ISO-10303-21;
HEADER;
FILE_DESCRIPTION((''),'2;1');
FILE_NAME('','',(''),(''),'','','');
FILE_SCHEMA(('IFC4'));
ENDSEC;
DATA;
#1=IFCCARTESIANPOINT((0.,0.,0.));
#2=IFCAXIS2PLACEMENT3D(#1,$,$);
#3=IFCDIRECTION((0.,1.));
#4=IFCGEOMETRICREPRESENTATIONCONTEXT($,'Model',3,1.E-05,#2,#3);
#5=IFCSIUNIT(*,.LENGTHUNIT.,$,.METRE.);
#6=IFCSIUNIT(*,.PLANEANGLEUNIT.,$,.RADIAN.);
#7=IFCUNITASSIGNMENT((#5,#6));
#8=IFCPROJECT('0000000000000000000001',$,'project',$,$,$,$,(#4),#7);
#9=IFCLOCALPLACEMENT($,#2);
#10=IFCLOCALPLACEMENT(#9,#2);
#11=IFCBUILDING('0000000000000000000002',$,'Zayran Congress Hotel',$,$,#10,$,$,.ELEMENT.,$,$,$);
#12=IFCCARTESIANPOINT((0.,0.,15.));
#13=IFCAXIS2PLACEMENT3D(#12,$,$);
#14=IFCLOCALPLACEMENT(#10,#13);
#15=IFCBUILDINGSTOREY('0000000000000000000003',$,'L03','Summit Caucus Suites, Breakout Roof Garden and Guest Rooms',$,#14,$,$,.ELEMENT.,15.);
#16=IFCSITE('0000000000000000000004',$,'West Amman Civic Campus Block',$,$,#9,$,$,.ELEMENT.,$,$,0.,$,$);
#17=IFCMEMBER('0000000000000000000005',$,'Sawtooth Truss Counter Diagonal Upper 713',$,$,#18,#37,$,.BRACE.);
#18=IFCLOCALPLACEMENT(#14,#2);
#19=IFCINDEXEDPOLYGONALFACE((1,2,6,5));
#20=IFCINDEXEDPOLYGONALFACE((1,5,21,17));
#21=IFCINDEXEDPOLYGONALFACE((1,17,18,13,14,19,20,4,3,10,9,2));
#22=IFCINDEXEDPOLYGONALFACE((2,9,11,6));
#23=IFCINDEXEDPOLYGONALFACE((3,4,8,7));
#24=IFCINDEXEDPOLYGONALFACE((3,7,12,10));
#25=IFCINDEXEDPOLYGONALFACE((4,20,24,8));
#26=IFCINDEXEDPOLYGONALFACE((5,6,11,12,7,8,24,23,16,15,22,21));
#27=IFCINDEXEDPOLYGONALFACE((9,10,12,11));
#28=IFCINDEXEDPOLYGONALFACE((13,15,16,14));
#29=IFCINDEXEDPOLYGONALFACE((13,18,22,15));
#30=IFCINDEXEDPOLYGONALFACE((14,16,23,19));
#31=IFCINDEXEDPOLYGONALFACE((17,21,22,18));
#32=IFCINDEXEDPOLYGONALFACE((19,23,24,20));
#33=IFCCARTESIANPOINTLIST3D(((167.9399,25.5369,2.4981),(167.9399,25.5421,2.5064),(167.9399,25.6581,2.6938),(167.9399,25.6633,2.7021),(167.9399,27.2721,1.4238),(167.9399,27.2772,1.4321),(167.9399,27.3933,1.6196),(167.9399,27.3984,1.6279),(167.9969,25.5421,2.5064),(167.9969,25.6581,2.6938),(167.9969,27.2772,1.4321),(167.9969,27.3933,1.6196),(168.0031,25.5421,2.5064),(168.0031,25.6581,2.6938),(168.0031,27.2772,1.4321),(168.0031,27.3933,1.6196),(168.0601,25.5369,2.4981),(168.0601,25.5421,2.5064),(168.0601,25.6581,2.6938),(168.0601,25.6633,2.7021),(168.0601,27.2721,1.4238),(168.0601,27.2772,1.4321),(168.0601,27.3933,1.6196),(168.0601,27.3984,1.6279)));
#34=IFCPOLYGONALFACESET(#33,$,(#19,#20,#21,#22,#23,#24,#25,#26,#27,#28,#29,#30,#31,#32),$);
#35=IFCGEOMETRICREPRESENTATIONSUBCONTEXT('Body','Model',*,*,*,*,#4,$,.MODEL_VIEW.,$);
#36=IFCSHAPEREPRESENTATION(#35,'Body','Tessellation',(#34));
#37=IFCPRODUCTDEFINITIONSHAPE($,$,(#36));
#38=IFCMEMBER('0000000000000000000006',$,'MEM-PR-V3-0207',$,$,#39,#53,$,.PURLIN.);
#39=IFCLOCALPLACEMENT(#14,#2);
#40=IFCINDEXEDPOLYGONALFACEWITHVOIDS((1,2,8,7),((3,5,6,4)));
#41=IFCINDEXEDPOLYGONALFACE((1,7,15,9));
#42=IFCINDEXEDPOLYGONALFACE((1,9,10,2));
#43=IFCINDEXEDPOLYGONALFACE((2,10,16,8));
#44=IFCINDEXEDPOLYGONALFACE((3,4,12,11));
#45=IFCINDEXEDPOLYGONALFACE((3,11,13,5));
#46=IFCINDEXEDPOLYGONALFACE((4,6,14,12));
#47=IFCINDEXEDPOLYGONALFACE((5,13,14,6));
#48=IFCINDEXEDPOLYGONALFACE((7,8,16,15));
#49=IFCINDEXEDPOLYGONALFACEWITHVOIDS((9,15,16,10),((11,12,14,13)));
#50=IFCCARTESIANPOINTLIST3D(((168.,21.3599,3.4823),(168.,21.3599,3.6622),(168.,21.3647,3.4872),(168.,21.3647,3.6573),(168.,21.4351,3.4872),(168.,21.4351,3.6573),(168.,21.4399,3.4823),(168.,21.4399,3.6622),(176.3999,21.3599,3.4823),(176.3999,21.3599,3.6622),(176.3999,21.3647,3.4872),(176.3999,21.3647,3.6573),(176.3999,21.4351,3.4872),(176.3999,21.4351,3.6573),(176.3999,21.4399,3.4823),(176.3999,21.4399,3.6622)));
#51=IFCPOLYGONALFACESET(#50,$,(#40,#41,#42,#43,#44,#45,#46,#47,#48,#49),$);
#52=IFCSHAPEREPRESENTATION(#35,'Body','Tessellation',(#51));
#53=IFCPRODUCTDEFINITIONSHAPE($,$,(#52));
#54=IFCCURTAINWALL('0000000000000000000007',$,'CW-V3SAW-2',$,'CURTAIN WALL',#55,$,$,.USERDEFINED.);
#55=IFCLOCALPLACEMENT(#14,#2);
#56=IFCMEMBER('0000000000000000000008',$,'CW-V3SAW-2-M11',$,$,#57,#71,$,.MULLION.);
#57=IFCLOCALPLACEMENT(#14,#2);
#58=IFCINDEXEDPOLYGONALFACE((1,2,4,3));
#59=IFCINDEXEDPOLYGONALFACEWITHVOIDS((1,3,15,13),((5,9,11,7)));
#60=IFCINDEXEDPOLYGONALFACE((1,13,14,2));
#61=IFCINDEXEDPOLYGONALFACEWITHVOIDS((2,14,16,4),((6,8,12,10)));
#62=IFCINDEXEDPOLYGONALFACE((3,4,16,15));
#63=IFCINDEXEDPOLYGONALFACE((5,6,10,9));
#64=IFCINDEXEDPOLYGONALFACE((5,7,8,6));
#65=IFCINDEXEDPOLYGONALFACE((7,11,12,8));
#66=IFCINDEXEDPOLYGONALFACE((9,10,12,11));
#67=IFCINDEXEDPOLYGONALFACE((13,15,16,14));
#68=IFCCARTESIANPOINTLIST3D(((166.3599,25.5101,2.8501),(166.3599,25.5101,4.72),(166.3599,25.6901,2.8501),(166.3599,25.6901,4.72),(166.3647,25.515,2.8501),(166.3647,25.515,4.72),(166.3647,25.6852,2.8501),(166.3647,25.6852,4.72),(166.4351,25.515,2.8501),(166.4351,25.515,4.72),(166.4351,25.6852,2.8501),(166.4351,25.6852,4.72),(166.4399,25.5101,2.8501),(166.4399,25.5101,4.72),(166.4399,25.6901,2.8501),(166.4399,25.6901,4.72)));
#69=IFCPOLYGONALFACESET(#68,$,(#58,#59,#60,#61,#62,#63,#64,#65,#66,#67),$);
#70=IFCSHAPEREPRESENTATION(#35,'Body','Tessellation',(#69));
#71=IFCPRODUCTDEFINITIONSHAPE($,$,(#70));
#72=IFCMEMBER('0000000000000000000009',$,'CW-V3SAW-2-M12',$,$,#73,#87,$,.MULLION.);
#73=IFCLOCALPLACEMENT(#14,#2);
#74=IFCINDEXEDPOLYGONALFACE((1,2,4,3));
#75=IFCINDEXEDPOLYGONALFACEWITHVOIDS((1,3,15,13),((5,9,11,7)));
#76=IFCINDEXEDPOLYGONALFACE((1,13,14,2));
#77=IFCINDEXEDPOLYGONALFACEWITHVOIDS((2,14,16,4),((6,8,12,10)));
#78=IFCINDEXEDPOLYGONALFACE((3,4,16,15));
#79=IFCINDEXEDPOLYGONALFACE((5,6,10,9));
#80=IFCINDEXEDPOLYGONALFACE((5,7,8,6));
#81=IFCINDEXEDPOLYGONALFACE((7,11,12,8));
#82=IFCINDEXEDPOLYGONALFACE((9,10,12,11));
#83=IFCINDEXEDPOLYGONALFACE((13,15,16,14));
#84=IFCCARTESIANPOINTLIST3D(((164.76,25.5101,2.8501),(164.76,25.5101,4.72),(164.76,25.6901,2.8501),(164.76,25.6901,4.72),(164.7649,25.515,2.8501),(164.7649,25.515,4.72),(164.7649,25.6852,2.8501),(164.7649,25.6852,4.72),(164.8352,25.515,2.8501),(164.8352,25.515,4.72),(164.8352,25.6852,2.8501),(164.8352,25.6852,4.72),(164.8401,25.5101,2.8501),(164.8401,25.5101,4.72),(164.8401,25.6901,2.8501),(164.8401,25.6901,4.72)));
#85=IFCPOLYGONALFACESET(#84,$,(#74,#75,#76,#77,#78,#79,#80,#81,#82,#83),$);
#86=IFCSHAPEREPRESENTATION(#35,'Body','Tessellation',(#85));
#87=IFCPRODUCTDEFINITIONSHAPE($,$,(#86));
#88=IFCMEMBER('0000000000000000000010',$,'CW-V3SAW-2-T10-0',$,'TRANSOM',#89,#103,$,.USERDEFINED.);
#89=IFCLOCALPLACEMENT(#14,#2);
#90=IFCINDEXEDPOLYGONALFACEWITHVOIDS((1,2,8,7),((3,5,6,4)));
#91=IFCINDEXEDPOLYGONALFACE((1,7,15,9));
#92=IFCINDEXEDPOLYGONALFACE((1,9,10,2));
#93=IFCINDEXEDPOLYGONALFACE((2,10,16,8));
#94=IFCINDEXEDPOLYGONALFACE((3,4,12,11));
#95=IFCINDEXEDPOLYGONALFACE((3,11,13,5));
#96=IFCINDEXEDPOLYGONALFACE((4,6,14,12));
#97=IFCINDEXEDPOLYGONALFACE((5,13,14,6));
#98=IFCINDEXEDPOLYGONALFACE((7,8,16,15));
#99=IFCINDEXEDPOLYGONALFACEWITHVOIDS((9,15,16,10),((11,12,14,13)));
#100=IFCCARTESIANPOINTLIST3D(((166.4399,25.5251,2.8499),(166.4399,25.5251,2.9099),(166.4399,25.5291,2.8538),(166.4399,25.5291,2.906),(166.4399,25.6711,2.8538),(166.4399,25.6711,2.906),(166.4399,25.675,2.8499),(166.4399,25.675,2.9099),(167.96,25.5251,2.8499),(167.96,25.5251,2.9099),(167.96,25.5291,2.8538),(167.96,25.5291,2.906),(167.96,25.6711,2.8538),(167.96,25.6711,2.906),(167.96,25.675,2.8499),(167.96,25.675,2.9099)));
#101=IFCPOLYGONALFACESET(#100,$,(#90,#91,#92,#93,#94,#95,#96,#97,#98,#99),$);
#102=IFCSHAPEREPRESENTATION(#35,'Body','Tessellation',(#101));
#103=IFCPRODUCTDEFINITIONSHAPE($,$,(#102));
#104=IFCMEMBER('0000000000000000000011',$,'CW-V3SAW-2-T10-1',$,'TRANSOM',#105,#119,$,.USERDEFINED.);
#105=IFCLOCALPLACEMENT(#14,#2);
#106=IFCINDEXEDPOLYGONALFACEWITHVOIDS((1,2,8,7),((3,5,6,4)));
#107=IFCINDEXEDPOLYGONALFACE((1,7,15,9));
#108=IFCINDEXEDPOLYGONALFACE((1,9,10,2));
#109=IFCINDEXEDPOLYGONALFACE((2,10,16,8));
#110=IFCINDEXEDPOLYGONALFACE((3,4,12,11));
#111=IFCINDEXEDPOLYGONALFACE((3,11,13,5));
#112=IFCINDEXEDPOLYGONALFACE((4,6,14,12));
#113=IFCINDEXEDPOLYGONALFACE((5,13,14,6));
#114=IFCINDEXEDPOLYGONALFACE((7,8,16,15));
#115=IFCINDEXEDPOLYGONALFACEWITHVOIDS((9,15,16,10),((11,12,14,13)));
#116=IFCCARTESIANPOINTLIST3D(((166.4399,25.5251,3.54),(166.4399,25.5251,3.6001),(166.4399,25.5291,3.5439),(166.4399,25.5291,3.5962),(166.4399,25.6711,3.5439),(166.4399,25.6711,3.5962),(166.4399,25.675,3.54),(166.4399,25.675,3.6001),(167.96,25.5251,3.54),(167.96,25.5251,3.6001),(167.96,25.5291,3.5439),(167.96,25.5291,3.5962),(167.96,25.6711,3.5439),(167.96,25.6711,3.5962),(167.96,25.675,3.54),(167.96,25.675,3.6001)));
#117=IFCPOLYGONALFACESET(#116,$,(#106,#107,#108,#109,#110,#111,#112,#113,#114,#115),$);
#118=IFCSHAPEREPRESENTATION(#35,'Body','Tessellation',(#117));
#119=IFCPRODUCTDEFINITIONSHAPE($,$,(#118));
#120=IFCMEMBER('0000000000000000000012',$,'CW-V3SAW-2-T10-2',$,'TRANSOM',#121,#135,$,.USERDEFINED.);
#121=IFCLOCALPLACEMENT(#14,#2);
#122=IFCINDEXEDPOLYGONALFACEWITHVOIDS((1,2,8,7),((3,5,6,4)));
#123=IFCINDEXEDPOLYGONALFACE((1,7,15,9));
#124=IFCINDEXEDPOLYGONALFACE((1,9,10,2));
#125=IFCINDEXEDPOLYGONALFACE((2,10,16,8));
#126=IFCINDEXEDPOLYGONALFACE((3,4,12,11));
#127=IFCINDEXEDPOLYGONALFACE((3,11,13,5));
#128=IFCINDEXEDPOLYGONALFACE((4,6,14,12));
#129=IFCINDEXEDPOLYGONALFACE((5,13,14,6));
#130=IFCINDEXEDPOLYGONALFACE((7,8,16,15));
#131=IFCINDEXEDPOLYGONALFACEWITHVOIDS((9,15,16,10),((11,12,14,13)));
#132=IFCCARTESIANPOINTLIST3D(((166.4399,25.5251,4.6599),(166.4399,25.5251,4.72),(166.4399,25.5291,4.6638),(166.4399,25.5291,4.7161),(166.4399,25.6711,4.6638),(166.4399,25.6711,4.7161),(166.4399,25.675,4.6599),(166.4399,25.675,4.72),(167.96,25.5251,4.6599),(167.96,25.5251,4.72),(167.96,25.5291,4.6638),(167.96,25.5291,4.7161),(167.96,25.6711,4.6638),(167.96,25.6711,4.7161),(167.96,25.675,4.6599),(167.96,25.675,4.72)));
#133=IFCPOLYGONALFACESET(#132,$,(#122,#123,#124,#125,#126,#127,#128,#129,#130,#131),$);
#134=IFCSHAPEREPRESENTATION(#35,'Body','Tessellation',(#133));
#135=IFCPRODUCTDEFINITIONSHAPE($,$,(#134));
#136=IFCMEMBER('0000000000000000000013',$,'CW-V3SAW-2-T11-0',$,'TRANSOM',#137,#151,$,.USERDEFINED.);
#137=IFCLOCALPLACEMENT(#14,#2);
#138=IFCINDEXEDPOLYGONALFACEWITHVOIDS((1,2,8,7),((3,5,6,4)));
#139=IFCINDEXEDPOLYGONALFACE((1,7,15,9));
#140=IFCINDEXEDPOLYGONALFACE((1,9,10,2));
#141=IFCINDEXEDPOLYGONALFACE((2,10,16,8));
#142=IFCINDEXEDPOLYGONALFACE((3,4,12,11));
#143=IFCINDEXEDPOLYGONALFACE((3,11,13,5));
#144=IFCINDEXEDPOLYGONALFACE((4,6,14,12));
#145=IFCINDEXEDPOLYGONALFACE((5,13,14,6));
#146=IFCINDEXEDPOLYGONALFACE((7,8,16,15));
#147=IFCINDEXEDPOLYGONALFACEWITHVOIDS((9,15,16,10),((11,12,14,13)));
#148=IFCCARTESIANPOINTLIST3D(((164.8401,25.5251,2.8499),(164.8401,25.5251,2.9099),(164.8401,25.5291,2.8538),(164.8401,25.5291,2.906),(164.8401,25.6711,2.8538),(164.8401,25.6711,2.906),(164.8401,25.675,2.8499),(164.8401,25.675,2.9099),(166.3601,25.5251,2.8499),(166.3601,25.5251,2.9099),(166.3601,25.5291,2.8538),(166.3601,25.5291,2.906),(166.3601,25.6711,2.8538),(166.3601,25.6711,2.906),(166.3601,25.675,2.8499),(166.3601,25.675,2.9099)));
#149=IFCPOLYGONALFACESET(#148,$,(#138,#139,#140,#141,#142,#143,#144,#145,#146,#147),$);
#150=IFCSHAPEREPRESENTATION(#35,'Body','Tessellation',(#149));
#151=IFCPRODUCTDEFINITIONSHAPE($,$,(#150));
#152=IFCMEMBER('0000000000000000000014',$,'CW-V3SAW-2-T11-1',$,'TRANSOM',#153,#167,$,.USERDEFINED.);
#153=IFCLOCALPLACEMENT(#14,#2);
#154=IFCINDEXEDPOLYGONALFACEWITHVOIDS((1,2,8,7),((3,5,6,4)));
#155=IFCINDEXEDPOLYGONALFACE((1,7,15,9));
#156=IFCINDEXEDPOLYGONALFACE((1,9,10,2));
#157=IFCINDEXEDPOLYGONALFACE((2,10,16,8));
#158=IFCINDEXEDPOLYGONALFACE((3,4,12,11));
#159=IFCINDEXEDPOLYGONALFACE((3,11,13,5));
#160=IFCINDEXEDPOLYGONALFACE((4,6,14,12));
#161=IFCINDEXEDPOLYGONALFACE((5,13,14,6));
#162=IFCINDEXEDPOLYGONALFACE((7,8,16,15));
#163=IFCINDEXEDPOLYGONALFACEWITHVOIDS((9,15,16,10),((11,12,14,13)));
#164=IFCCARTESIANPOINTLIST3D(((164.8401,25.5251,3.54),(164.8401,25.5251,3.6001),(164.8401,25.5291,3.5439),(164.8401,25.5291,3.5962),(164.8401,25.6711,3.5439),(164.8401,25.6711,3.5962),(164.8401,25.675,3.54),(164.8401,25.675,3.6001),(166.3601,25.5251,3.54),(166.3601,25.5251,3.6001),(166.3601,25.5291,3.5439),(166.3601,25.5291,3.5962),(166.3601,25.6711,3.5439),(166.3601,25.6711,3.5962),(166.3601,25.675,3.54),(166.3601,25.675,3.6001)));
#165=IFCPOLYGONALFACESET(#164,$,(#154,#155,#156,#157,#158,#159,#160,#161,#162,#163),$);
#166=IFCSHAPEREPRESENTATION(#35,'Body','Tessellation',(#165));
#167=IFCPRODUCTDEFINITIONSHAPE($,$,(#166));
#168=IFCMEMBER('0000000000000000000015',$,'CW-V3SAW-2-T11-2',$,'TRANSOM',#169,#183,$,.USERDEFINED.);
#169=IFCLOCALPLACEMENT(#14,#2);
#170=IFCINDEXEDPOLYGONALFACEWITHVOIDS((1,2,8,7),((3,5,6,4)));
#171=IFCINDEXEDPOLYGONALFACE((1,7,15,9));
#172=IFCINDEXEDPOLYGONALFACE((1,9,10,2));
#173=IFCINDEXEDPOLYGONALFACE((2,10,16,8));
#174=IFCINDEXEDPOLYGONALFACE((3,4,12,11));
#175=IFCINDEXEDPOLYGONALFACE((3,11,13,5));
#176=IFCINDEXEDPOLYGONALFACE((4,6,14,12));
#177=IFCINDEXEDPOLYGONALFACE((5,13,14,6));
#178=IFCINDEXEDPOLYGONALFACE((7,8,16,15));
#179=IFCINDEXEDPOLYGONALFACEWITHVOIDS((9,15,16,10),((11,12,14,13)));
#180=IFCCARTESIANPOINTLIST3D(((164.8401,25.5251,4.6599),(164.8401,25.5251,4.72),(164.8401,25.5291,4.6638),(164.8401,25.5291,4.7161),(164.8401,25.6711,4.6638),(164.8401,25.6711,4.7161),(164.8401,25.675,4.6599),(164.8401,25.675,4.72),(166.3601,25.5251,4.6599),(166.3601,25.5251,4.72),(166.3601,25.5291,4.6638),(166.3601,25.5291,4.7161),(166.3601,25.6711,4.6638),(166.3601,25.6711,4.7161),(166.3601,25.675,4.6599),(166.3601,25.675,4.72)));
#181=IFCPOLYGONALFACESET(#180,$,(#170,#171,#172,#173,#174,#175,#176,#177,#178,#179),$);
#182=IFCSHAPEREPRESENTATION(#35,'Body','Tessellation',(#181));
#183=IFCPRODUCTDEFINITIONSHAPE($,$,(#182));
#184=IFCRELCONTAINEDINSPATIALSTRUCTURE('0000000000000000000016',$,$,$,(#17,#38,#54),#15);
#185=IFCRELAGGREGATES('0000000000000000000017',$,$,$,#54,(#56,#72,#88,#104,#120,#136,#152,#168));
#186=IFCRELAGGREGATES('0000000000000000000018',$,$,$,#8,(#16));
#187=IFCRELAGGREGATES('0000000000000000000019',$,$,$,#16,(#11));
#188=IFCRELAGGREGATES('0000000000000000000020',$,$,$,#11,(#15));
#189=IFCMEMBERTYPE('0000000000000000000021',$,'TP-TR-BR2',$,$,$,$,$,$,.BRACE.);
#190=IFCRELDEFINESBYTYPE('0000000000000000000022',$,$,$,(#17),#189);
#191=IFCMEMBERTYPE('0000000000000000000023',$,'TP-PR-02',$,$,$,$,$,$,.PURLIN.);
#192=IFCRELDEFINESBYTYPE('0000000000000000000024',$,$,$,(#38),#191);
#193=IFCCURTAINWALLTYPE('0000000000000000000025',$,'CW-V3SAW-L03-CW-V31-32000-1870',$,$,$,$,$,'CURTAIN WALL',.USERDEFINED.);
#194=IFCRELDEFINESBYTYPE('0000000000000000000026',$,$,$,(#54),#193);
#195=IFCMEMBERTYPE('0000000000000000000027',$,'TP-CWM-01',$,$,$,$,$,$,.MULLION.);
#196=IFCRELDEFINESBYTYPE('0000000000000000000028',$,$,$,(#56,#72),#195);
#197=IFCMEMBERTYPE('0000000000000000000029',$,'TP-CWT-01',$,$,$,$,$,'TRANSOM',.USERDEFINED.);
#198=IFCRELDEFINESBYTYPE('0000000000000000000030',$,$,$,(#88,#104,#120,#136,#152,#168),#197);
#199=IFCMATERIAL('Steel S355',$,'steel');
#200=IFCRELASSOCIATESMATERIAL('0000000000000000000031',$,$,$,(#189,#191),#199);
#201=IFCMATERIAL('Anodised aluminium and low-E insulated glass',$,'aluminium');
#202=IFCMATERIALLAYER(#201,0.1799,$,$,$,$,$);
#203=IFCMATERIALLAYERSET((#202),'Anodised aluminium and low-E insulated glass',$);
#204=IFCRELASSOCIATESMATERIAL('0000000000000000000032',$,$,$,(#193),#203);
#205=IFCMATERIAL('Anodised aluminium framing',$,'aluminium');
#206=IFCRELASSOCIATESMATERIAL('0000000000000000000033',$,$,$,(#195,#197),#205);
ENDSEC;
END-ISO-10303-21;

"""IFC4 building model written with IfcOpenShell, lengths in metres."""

from ifc_helpers import new_model, si_unit, direction, frame, origin, origin_2d, place, context, subcontext, project, spatial, hollow_rectangle, i_section, extrude, material, layer, layer_set, material_profile, profile_set, type_object, element, aggregate, save


model = new_model("IFC4")

# Units and contexts
model_context = context("Model", 3, precision=1e-05, world=origin(), true_north=direction((0.0, 1.0)))
body_context = subcontext(model_context, "Body", "Model", "MODEL_VIEW")
ifc_project = project(units=[si_unit("LENGTHUNIT", "METRE"), si_unit("PLANEANGLEUNIT", "RADIAN")], contexts=[model_context])

# Site, building, storey
site_placement = place(None, origin())
site = spatial("IfcSite", under=ifc_project, at=site_placement, Name="West Amman Civic Campus Block", CompositionType="ELEMENT", RefElevation=0.0)
building_placement = place(site_placement, origin())
building = spatial("IfcBuilding", under=site, at=building_placement, Name="Zayran Congress Hotel", CompositionType="ELEMENT")
storey_placement = place(building_placement, frame((0.0, 0.0, 15.0)))
storey = spatial("IfcBuildingStorey", under=building, at=storey_placement, Name="L03", Description="Summit Caucus Suites, Breakout Roof Garden and Guest Rooms", CompositionType="ELEMENT", Elevation=15.0)

# Members
ifc_material_1 = material(Name="Steel S355", Category="steel")
ifc_material_profile_1 = material_profile(ifc_material_1, i_section(OverallWidth=0.1201, OverallDepth=0.24, WebThickness=0.0061, FlangeThickness=0.0098, at=origin_2d()), Name="IPE 240")
ifc_profile_set_1 = profile_set([ifc_material_profile_1], Name="Steel S355")
member_type_1 = type_object("IfcMemberType", Name="TP-TR-BR2", PredefinedType="BRACE", material=ifc_profile_set_1)
member_1_placement = place(storey_placement, frame((168.0, 25.6001, 2.6001), z_axis=(0.0, 0.850242, -0.526392), x_axis=(-1.0, 0.0, 0.0)))
element("IfcMember", 1, at=member_1_placement, inside=storey, type_object=member_type_1, Name="Sawtooth Truss Counter Diagonal Upper 713", PredefinedType="BRACE", context=body_context, shape_type="SweptSolid", body=[
    extrude(i_section(OverallWidth=0.1201, OverallDepth=0.24, WebThickness=0.0061, FlangeThickness=0.0098, at=origin_2d()), origin(), (0.0, 0.0, 1.0), 2.0408),
])
ifc_material_profile_2 = material_profile(ifc_material_1, hollow_rectangle(XDim=0.0801, YDim=0.1799, WallThickness=0.0049, at=origin_2d()), Name="RHS 180x80x5")
ifc_profile_set_2 = profile_set([ifc_material_profile_2], Name="Steel S355")
member_type_2 = type_object("IfcMemberType", Name="TP-PR-02", PredefinedType="PURLIN", material=ifc_profile_set_2)
member_2_placement = place(storey_placement, frame((168.0, 21.3999, 3.5723), z_axis=(1.0, 0.0, 0.0), x_axis=(0.0, 1.0, 0.0)))
element("IfcMember", 2, at=member_2_placement, inside=storey, type_object=member_type_2, Name="MEM-PR-V3-0207", PredefinedType="PURLIN", context=body_context, shape_type="SweptSolid", body=[
    extrude(hollow_rectangle(XDim=0.0801, YDim=0.1799, WallThickness=0.0049, at=origin_2d()), origin(), (0.0, 0.0, 1.0), 8.3999),
])

# Curtain wall, members
ifc_material_2 = material(Name="Anodised aluminium and low-E insulated glass", Category="aluminium")
ifc_layer_1 = layer(ifc_material_2, 0.1799)
ifc_layer_set_1 = layer_set([ifc_layer_1], Name="Anodised aluminium and low-E insulated glass")
curtain_wall_type = type_object("IfcCurtainWallType", Name="CW-V3SAW-L03-CW-V31-32000-1870", ElementType="CURTAIN WALL", PredefinedType="USERDEFINED", material=ifc_layer_set_1)
curtain_wall_placement = place(storey_placement, origin())
curtain_wall = element("IfcCurtainWall", 3, at=curtain_wall_placement, inside=storey, type_object=curtain_wall_type, Name="CW-V3SAW-2", ObjectType="CURTAIN WALL", PredefinedType="USERDEFINED")
ifc_material_3 = material(Name="Anodised aluminium framing", Category="aluminium")
ifc_material_profile_3 = material_profile(ifc_material_3, hollow_rectangle(XDim=0.0801, YDim=0.1799, WallThickness=0.0049, at=origin_2d()), Name="RHS 180x80x5")
ifc_profile_set_3 = profile_set([ifc_material_profile_3], Name="Anodised aluminium framing")
member_type_3 = type_object("IfcMemberType", Name="TP-CWM-01", PredefinedType="MULLION", material=ifc_profile_set_3)
member_3_placement = place(storey_placement, frame((166.3999, 25.6001, 2.8501), z_axis=(0.0, 0.0, 1.0), x_axis=(1.0, 0.0, 0.0)))
member_3 = element("IfcMember", 4, at=member_3_placement, type_object=member_type_3, Name="CW-V3SAW-2-M11", PredefinedType="MULLION", context=body_context, shape_type="SweptSolid", body=[
    extrude(hollow_rectangle(XDim=0.0801, YDim=0.1799, WallThickness=0.0049, at=origin_2d()), origin(), (0.0, 0.0, 1.0), 1.8699),
])
member_4_placement = place(storey_placement, frame((164.8, 25.6001, 2.8501), z_axis=(0.0, 0.0, 1.0), x_axis=(1.0, 0.0, 0.0)))
member_4 = element("IfcMember", 5, at=member_4_placement, type_object=member_type_3, Name="CW-V3SAW-2-M12", PredefinedType="MULLION", context=body_context, shape_type="SweptSolid", body=[
    extrude(hollow_rectangle(XDim=0.0801, YDim=0.1799, WallThickness=0.0049, at=origin_2d()), origin(), (0.0, 0.0, 1.0), 1.8699),
])
ifc_material_profile_4 = material_profile(ifc_material_3, hollow_rectangle(XDim=0.0601, YDim=0.1499, WallThickness=0.0039, at=origin_2d()), Name="RHS 150x60x4")
ifc_profile_set_4 = profile_set([ifc_material_profile_4], Name="Anodised aluminium framing")
member_type_4 = type_object("IfcMemberType", Name="TP-CWT-01", ElementType="TRANSOM", PredefinedType="USERDEFINED", material=ifc_profile_set_4)
member_5_placement = place(storey_placement, frame((167.96, 25.6001, 2.8799), z_axis=(-1.0, 0.0, 0.0), x_axis=(0.0, 0.0, 1.0)))
member_5 = element("IfcMember", 6, at=member_5_placement, type_object=member_type_4, Name="CW-V3SAW-2-T10-0", ObjectType="TRANSOM", PredefinedType="USERDEFINED", context=body_context, shape_type="SweptSolid", body=[
    extrude(hollow_rectangle(XDim=0.0601, YDim=0.1499, WallThickness=0.0039, at=origin_2d()), origin(), (0.0, 0.0, 1.0), 1.52),
])
member_6_placement = place(storey_placement, frame((167.96, 25.6001, 3.5701), z_axis=(-1.0, 0.0, 0.0), x_axis=(0.0, 0.0, 1.0)))
member_6 = element("IfcMember", 7, at=member_6_placement, type_object=member_type_4, Name="CW-V3SAW-2-T10-1", ObjectType="TRANSOM", PredefinedType="USERDEFINED", context=body_context, shape_type="SweptSolid", body=[
    extrude(hollow_rectangle(XDim=0.0601, YDim=0.1499, WallThickness=0.0039, at=origin_2d()), origin(), (0.0, 0.0, 1.0), 1.52),
])
member_7_placement = place(storey_placement, frame((167.96, 25.6001, 4.6899), z_axis=(-1.0, 0.0, 0.0), x_axis=(0.0, 0.0, 1.0)))
member_7 = element("IfcMember", 8, at=member_7_placement, type_object=member_type_4, Name="CW-V3SAW-2-T10-2", ObjectType="TRANSOM", PredefinedType="USERDEFINED", context=body_context, shape_type="SweptSolid", body=[
    extrude(hollow_rectangle(XDim=0.0601, YDim=0.1499, WallThickness=0.0039, at=origin_2d()), origin(), (0.0, 0.0, 1.0), 1.52),
])
member_8_placement = place(storey_placement, frame((166.3601, 25.6001, 2.8799), z_axis=(-1.0, 0.0, 0.0), x_axis=(0.0, 0.0, 1.0)))
member_8 = element("IfcMember", 9, at=member_8_placement, type_object=member_type_4, Name="CW-V3SAW-2-T11-0", ObjectType="TRANSOM", PredefinedType="USERDEFINED", context=body_context, shape_type="SweptSolid", body=[
    extrude(hollow_rectangle(XDim=0.0601, YDim=0.1499, WallThickness=0.0039, at=origin_2d()), origin(), (0.0, 0.0, 1.0), 1.52),
])
member_9_placement = place(storey_placement, frame((166.3601, 25.6001, 3.5701), z_axis=(-1.0, 0.0, 0.0), x_axis=(0.0, 0.0, 1.0)))
member_9 = element("IfcMember", 10, at=member_9_placement, type_object=member_type_4, Name="CW-V3SAW-2-T11-1", ObjectType="TRANSOM", PredefinedType="USERDEFINED", context=body_context, shape_type="SweptSolid", body=[
    extrude(hollow_rectangle(XDim=0.0601, YDim=0.1499, WallThickness=0.0039, at=origin_2d()), origin(), (0.0, 0.0, 1.0), 1.52),
])
member_10_placement = place(storey_placement, frame((166.3601, 25.6001, 4.6899), z_axis=(-1.0, 0.0, 0.0), x_axis=(0.0, 0.0, 1.0)))
member_10 = element("IfcMember", 11, at=member_10_placement, type_object=member_type_4, Name="CW-V3SAW-2-T11-2", ObjectType="TRANSOM", PredefinedType="USERDEFINED", context=body_context, shape_type="SweptSolid", body=[
    extrude(hollow_rectangle(XDim=0.0601, YDim=0.1499, WallThickness=0.0039, at=origin_2d()), origin(), (0.0, 0.0, 1.0), 1.52),
])

aggregate(curtain_wall, [member_3, member_4, member_5, member_6, member_7, member_8, member_9, member_10])

save(model, "model.ifc")
